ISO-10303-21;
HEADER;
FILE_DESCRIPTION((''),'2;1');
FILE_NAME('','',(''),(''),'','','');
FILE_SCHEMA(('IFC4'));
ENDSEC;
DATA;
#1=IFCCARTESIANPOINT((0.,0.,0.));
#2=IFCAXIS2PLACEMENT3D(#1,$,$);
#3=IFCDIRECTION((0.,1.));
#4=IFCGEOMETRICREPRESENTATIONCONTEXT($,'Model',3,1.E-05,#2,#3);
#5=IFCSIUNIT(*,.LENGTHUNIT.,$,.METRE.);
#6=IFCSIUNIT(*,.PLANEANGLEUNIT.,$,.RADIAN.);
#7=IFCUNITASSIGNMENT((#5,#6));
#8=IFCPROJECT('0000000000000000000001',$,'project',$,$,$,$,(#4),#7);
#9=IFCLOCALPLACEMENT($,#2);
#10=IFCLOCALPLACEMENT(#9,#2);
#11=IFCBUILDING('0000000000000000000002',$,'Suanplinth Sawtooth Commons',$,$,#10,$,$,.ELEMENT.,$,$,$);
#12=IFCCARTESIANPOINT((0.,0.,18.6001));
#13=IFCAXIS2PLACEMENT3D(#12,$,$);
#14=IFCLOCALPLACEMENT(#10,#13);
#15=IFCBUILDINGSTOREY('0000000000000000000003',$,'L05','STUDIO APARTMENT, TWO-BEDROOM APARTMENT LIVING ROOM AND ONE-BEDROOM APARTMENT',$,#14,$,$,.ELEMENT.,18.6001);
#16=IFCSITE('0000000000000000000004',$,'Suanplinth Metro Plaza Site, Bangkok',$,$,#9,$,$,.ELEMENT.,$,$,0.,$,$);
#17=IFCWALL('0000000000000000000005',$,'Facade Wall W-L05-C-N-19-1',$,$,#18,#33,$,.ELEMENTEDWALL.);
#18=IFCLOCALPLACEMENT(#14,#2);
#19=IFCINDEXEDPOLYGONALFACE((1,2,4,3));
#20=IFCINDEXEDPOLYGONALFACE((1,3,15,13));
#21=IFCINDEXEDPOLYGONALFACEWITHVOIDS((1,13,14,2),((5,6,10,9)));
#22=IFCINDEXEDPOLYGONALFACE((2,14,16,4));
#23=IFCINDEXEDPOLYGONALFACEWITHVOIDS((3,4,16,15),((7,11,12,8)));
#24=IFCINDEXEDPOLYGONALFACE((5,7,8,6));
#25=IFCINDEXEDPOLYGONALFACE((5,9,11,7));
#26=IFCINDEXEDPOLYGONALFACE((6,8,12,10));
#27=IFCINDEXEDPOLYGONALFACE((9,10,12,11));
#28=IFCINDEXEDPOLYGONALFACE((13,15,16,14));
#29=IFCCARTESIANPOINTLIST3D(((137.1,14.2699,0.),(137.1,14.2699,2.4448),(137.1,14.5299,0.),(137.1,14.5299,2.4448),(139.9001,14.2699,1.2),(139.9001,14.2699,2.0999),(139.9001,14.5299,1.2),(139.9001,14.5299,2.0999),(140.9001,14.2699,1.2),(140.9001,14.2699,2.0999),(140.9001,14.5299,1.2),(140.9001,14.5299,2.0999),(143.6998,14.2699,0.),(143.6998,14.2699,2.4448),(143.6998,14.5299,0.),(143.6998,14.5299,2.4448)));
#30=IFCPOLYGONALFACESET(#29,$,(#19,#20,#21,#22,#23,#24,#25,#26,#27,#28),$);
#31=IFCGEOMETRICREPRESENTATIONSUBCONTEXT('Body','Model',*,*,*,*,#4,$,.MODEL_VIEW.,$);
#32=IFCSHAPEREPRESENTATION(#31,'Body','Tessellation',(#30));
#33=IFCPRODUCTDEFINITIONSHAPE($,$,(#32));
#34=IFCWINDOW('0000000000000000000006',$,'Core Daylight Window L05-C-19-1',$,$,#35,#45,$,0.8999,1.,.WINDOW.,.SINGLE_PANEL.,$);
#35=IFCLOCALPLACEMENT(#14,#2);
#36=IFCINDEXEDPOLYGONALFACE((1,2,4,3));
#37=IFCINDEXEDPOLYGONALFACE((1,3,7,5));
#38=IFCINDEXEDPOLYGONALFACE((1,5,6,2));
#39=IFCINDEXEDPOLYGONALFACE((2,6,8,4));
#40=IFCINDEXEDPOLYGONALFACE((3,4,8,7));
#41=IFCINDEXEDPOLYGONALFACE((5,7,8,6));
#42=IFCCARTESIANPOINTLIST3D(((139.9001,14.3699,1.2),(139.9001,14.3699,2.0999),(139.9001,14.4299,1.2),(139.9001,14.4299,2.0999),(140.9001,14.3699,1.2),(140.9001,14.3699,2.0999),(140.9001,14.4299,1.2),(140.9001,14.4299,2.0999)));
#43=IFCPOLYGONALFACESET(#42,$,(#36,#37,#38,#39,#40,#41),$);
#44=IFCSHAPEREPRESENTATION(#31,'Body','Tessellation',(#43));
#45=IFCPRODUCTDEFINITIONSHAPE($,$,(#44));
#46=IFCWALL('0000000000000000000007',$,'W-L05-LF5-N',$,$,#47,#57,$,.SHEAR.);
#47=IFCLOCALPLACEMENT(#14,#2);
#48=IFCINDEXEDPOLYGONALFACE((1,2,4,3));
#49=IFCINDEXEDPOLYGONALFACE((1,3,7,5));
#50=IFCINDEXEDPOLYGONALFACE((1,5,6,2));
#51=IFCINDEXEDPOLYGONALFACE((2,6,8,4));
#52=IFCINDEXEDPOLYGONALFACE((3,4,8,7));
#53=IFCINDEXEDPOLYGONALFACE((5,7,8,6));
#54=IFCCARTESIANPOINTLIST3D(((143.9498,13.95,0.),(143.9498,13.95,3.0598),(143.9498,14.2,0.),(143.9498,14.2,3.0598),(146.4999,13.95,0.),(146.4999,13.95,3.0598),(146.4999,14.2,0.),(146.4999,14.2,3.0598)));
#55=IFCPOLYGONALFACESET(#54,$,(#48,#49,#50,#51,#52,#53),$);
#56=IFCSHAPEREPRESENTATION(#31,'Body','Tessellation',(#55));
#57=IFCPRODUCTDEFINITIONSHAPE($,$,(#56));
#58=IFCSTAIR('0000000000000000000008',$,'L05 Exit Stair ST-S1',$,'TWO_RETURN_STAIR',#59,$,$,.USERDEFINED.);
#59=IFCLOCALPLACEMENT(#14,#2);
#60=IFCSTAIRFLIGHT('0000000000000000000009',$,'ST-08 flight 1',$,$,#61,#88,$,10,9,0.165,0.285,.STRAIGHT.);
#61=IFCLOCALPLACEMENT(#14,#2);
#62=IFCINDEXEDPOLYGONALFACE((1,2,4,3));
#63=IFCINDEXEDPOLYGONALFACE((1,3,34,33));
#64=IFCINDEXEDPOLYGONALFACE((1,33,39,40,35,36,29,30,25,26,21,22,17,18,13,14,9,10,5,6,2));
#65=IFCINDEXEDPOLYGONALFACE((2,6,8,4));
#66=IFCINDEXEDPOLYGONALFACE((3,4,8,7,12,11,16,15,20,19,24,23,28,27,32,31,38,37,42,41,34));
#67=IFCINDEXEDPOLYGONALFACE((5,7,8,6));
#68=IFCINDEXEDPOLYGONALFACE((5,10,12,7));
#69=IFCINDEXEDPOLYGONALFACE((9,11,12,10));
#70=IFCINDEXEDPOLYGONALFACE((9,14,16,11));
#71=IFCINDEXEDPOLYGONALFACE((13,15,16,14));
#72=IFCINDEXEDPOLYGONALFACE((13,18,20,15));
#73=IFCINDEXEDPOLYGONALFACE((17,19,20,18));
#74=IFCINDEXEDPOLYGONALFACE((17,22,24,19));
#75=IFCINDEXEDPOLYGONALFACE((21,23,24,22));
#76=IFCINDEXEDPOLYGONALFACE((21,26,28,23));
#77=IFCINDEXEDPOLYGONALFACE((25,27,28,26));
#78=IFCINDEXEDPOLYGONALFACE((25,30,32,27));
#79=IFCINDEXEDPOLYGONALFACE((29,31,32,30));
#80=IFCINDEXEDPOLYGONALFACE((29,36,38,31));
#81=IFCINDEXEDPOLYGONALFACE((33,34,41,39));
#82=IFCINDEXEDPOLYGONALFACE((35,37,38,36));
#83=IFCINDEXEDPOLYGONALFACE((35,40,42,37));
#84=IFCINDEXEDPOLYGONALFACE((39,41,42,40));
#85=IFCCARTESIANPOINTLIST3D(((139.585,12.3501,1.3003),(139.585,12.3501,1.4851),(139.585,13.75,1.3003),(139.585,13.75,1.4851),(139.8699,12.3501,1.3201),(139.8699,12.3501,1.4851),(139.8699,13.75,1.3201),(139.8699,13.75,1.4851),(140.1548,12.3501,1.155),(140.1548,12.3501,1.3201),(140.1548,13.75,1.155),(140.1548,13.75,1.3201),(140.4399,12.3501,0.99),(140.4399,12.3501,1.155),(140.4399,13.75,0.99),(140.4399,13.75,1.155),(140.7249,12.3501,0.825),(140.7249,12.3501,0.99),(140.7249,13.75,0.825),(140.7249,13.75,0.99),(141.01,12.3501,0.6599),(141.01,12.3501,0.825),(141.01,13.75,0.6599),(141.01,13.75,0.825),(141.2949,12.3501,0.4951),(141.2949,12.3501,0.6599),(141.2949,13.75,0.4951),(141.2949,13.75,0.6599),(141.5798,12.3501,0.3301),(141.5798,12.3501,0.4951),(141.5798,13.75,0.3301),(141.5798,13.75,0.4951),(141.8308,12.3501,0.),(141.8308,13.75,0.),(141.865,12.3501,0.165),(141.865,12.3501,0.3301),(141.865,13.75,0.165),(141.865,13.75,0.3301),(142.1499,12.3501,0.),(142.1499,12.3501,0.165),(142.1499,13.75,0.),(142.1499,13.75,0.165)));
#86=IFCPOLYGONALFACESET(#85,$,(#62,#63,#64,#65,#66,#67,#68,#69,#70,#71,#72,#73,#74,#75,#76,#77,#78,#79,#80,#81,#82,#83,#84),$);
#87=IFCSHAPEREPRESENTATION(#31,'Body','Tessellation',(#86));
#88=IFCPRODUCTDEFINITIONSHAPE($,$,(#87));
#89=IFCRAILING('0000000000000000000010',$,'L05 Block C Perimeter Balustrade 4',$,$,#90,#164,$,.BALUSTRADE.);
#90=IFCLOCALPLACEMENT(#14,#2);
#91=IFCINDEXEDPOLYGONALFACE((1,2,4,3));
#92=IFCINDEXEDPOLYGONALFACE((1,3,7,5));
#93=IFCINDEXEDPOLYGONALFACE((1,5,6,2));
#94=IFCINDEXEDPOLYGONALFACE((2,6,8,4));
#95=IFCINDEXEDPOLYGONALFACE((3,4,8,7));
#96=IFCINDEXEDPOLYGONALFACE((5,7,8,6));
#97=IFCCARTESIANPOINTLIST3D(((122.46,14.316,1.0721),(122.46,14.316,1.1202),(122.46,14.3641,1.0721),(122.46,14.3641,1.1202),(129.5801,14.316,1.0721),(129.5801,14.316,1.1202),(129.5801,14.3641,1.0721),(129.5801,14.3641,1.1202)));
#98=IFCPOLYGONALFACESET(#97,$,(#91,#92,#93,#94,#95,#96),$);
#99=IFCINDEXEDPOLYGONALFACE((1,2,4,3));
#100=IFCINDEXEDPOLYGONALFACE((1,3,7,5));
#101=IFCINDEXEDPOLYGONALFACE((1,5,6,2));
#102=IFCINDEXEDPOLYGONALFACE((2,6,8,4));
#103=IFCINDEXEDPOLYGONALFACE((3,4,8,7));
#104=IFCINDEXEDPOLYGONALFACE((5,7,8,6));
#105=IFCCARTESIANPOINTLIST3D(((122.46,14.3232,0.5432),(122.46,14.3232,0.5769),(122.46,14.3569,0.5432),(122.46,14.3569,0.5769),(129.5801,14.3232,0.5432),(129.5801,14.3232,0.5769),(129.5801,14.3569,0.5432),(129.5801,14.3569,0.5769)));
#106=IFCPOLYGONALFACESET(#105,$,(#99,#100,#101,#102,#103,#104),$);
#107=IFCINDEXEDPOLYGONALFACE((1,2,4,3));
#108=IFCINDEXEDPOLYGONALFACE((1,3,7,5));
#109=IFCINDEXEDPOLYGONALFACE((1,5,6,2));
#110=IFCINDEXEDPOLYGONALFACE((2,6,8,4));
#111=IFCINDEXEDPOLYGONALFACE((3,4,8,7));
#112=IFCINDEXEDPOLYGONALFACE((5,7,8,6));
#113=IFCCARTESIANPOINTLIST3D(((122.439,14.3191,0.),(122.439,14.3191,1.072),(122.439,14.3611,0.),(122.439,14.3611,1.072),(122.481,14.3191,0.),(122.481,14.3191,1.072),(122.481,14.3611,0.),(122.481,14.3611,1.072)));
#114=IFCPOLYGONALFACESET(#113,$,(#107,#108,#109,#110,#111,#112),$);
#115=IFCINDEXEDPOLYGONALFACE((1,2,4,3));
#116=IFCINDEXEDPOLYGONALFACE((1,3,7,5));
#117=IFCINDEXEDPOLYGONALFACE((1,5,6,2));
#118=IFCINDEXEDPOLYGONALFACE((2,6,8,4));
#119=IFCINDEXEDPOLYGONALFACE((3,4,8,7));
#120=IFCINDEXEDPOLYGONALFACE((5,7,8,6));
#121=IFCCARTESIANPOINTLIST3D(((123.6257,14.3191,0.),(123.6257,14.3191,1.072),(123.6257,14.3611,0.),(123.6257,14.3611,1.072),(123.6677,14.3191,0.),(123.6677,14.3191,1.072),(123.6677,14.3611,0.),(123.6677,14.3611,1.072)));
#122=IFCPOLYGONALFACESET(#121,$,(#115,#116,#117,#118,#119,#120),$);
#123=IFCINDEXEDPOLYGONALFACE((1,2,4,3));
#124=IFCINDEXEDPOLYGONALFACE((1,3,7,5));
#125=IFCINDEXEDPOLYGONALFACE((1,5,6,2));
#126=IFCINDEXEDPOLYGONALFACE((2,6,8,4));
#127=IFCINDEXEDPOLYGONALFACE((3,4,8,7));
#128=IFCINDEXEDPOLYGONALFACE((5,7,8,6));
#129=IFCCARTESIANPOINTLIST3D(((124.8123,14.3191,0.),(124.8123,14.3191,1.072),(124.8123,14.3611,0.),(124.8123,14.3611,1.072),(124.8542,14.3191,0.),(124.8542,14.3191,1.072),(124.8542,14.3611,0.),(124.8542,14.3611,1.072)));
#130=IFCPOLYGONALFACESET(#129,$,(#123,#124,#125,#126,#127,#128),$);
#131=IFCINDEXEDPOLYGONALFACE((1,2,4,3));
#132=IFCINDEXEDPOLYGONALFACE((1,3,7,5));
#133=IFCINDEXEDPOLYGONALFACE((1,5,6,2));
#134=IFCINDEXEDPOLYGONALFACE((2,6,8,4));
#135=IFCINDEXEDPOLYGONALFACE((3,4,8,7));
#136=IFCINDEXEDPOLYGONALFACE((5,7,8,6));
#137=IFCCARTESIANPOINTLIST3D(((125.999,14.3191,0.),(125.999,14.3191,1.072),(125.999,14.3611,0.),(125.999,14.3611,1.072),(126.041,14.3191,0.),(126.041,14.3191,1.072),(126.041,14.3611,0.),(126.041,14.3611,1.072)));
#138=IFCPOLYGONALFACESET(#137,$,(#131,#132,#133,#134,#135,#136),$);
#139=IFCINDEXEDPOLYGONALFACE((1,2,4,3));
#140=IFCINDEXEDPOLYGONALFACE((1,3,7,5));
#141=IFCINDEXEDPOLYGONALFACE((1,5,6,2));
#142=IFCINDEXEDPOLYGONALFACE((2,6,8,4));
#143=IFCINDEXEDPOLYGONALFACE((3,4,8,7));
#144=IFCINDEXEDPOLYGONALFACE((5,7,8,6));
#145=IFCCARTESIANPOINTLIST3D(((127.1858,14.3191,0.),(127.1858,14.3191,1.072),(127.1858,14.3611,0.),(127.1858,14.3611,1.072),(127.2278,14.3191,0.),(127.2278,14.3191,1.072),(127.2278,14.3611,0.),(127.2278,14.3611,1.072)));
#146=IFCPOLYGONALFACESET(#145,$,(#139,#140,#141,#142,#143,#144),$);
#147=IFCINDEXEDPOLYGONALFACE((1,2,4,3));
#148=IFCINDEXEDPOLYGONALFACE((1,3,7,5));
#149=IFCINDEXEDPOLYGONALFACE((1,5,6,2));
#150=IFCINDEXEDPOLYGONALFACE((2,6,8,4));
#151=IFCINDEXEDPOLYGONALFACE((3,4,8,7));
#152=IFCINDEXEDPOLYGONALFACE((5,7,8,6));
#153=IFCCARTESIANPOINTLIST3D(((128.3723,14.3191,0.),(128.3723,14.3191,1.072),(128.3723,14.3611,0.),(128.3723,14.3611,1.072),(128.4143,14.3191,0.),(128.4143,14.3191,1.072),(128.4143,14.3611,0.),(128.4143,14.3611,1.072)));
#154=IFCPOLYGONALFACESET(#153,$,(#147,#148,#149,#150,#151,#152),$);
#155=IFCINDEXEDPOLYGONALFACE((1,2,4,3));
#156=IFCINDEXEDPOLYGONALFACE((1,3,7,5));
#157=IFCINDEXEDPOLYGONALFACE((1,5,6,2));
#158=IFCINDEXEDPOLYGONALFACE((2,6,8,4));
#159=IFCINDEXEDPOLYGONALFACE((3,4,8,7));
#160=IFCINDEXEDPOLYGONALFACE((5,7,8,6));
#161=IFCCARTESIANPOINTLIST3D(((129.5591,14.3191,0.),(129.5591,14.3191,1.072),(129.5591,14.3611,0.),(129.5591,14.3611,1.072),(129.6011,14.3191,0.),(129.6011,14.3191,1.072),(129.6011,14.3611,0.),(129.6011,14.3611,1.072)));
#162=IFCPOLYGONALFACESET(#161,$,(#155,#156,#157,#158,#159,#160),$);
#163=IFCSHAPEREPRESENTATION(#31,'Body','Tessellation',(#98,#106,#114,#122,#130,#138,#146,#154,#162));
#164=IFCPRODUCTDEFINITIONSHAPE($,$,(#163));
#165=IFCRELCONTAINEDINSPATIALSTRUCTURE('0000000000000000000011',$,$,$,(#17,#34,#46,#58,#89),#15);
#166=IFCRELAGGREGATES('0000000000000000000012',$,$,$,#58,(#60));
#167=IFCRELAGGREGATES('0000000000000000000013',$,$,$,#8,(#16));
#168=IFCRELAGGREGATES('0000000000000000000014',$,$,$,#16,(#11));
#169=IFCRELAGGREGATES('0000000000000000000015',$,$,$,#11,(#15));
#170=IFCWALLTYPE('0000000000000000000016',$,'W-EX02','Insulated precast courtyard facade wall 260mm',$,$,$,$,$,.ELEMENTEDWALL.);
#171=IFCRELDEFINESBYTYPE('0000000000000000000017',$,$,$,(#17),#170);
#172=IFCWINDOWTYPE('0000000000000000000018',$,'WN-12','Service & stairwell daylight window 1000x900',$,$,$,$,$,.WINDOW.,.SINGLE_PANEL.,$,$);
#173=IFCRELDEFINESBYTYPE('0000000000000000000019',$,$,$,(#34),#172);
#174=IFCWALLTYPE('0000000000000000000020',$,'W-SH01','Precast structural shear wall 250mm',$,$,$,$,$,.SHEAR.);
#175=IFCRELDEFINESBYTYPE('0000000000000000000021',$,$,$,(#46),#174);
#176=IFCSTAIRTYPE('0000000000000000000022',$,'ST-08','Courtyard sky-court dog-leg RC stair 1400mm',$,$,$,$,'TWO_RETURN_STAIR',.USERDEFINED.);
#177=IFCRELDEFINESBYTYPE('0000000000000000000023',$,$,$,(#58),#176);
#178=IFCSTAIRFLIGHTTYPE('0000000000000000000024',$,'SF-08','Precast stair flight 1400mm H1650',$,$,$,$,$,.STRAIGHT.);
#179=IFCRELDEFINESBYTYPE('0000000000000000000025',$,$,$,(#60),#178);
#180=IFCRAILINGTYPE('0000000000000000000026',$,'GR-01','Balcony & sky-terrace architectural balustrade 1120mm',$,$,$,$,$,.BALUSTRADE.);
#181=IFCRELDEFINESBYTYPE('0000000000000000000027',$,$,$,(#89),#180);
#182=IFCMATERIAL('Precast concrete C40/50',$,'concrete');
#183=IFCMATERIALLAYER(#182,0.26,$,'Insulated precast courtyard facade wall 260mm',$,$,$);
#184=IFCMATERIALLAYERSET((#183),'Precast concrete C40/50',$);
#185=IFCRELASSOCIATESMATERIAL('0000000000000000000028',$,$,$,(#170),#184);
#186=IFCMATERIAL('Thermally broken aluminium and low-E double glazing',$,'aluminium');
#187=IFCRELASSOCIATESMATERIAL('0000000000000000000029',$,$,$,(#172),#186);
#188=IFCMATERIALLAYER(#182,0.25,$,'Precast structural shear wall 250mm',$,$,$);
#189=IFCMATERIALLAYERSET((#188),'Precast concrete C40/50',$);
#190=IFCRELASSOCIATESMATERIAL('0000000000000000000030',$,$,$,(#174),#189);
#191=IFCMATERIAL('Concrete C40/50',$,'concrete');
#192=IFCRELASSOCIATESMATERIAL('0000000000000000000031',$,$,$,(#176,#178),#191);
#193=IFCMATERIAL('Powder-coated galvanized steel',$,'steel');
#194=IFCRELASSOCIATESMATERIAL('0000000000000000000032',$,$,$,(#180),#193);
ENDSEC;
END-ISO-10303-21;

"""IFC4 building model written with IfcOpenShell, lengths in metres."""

from ifc_helpers import new_model, si_unit, direction, frame, frame_2d, origin, origin_2d, place, context, subcontext, project, spatial, polyline, rectangle, outline, extrude, material, layer, layer_set, type_object, element, fill, aggregate, save


model = new_model("IFC4")

# Units and contexts
model_context = context("Model", 3, precision=1e-05, world=origin(), true_north=direction((0.0, 1.0)))
body_context = subcontext(model_context, "Body", "Model", "MODEL_VIEW")
ifc_project = project(units=[si_unit("LENGTHUNIT", "METRE"), si_unit("PLANEANGLEUNIT", "RADIAN")], contexts=[model_context])

# Site, building, storey
site_placement = place(None, origin())
site = spatial("IfcSite", under=ifc_project, at=site_placement, Name="Suanplinth Metro Plaza Site, Bangkok", CompositionType="ELEMENT", RefElevation=0.0)
building_placement = place(site_placement, origin())
building = spatial("IfcBuilding", under=site, at=building_placement, Name="Suanplinth Sawtooth Commons", CompositionType="ELEMENT")
storey_placement = place(building_placement, frame((0.0, 0.0, 18.6001)))
storey = spatial("IfcBuildingStorey", under=building, at=storey_placement, Name="L05", Description="STUDIO APARTMENT, TWO-BEDROOM APARTMENT LIVING ROOM AND ONE-BEDROOM APARTMENT", CompositionType="ELEMENT", Elevation=18.6001)

# Shared definitions
ifc_material_1 = material(Name="Precast concrete C40/50", Category="concrete")

# Shared definitions
ifc_material_2 = material(Name="Concrete C40/50", Category="concrete")

# Shared definitions
ifc_layer_1 = layer(ifc_material_1, 0.26, Name="Insulated precast courtyard facade wall 260mm")
ifc_layer_set_1 = layer_set([ifc_layer_1], Name="Precast concrete C40/50")
wall_type_1 = type_object("IfcWallType", Name="W-EX02", Description="Insulated precast courtyard facade wall 260mm", PredefinedType="ELEMENTEDWALL", material=ifc_layer_set_1)
ifc_material_3 = material(Name="Thermally broken aluminium and low-E double glazing", Category="aluminium")

# Wall, opening, window
wall_1_placement = place(storey_placement, frame((137.1001, 14.3999, 0.0), z_axis=(0.0, 0.0, 1.0), x_axis=(1.0, 0.0, 0.0)))
wall_1 = element("IfcWall", 1, at=wall_1_placement, inside=storey, type_object=wall_type_1, Name="Facade Wall W-L05-C-N-19-1", PredefinedType="ELEMENTEDWALL", context=body_context, shape_type="SweptSolid", body=[
    extrude(rectangle(XDim=6.5999, YDim=0.26, at=frame_2d((3.2998, 0.0))), origin(), (0.0, 0.0, 1.0), 2.4448),
])
opening_1_placement = place(wall_1_placement, frame((2.8, 0.0, 1.2)))
opening_1 = element("IfcOpeningElement", 2, at=opening_1_placement, cuts=wall_1, PredefinedType="OPENING", context=body_context, shape_type="SweptSolid", body=[
    extrude(rectangle(XDim=1.0, YDim=0.8999, at=frame_2d((0.5, 0.45))), frame((0.0, 0.145, 0.0), z_axis=(0.0, -1.0, 0.0), x_axis=(1.0, 0.0, 0.0)), (0.0, 0.0, 1.0), 0.2898),
])
window_type_1 = type_object("IfcWindowType", Name="WN-12", Description="Service & stairwell daylight window 1000x900", PartitioningType="SINGLE_PANEL", PredefinedType="WINDOW", material=ifc_material_3)
window_1_placement = place(opening_1_placement, origin())
window_1 = element("IfcWindow", 3, at=window_1_placement, inside=storey, type_object=window_type_1, Name="Core Daylight Window L05-C-19-1", OverallHeight=0.8999, OverallWidth=1.0, PartitioningType="SINGLE_PANEL", PredefinedType="WINDOW", context=body_context, shape_type="SweptSolid", body=[
    extrude(rectangle(XDim=1.0, YDim=0.8999, at=frame_2d((0.5, 0.45))), frame((0.0, 0.03, 0.0), z_axis=(0.0, -1.0, 0.0), x_axis=(1.0, 0.0, 0.0)), (0.0, 0.0, 1.0), 0.0601),
])
fill(opening_1, window_1)

# Wall
ifc_layer_2 = layer(ifc_material_1, 0.25, Name="Precast structural shear wall 250mm")
ifc_layer_set_2 = layer_set([ifc_layer_2], Name="Precast concrete C40/50")
wall_type_2 = type_object("IfcWallType", Name="W-SH01", Description="Precast structural shear wall 250mm", PredefinedType="SHEAR", material=ifc_layer_set_2)
wall_2_placement = place(storey_placement, frame((143.95, 14.075, 0.0), z_axis=(0.0, 0.0, 1.0), x_axis=(1.0, 0.0, 0.0)))
element("IfcWall", 4, at=wall_2_placement, inside=storey, type_object=wall_type_2, Name="W-L05-LF5-N", PredefinedType="SHEAR", context=body_context, shape_type="SweptSolid", body=[
    extrude(rectangle(XDim=2.55, YDim=0.25, at=frame_2d((1.2749, 0.0))), origin(), (0.0, 0.0, 1.0), 3.0598),
])

# Stair, stair flight
stair_type = type_object("IfcStairType", Name="ST-08", Description="Courtyard sky-court dog-leg RC stair 1400mm", ElementType="TWO_RETURN_STAIR", PredefinedType="USERDEFINED", material=ifc_material_2)
stair_placement = place(storey_placement, origin())
stair = element("IfcStair", 5, at=stair_placement, inside=storey, type_object=stair_type, Name="L05 Exit Stair ST-S1", ObjectType="TWO_RETURN_STAIR", PredefinedType="USERDEFINED")
stair_flight_type = type_object("IfcStairFlightType", Name="SF-08", Description="Precast stair flight 1400mm H1650", PredefinedType="STRAIGHT", material=ifc_material_2)
stair_flight_placement = place(storey_placement, frame((142.1499, 13.05, 0.0), z_axis=(0.0, 0.0, 1.0), x_axis=(-1.0, 0.0, 0.0)))
stair_flight = element("IfcStairFlight", 6, at=stair_flight_placement, type_object=stair_flight_type, Name="ST-08 flight 1", NumberOfRisers=10, NumberOfTreads=9, PredefinedType="STRAIGHT", RiserHeight=0.165, TreadLength=0.285, context=body_context, shape_type="SweptSolid", body=[
    extrude(outline(polyline([(0.0, 0.0), (0.0, 0.165), (0.2849, 0.165), (0.2849, 0.3301), (0.5701, 0.3301), (0.5701, 0.4951), (0.855, 0.4951), (0.855, 0.6599), (1.1399, 0.6599), (1.1399, 0.825), (1.425, 0.825), (1.425, 0.99), (1.71, 0.99), (1.71, 1.155), (1.9951, 1.155), (1.9951, 1.3201), (2.28, 1.3201), (2.28, 1.4851), (2.5649, 1.4851), (2.5649, 1.6499), (2.5649, 1.3003), (0.3191, 0.0), (0.0, 0.0)])), frame((0.0, 0.7, 0.0), z_axis=(0.0, -1.0, 0.0), x_axis=(1.0, 0.0, 0.0)), (0.0, 0.0, 1.0), 1.3999),
])
aggregate(stair, [stair_flight])

# Railing
ifc_material_4 = material(Name="Powder-coated galvanized steel", Category="steel")
railing_type_1 = type_object("IfcRailingType", Name="GR-01", Description="Balcony & sky-terrace architectural balustrade 1120mm", PredefinedType="BALUSTRADE", material=ifc_material_4)
railing_1_placement = place(storey_placement, frame((122.46, 14.3401, 0.0)))
element("IfcRailing", 7, at=railing_1_placement, inside=storey, type_object=railing_type_1, Name="L05 Block C Perimeter Balustrade 4", PredefinedType="BALUSTRADE", context=body_context, shape_type="SweptSolid", body=[
    extrude(rectangle(XDim=0.0481, YDim=0.0481, at=origin_2d()), frame((0.0, 0.0, 1.0962), z_axis=(1.0, 0.0, 0.0), x_axis=(0.0, 1.0, 0.0)), (0.0, 0.0, 1.0), 7.1201),
    extrude(rectangle(XDim=0.0337, YDim=0.0337, at=origin_2d()), frame((0.0, 0.0, 0.5601), z_axis=(1.0, 0.0, 0.0), x_axis=(0.0, 1.0, 0.0)), (0.0, 0.0, 1.0), 7.1201),
    extrude(rectangle(XDim=0.042, YDim=0.042, at=origin_2d()), origin(), (0.0, 0.0, 1.0), 1.072),
    extrude(rectangle(XDim=0.042, YDim=0.042, at=origin_2d()), frame((1.1868, 0.0, 0.0)), (0.0, 0.0, 1.0), 1.072),
    extrude(rectangle(XDim=0.042, YDim=0.042, at=origin_2d()), frame((2.3733, 0.0, 0.0)), (0.0, 0.0, 1.0), 1.072),
    extrude(rectangle(XDim=0.042, YDim=0.042, at=origin_2d()), frame((3.5601, 0.0, 0.0)), (0.0, 0.0, 1.0), 1.072),
    extrude(rectangle(XDim=0.042, YDim=0.042, at=origin_2d()), frame((4.7468, 0.0, 0.0)), (0.0, 0.0, 1.0), 1.072),
    extrude(rectangle(XDim=0.042, YDim=0.042, at=origin_2d()), frame((5.9333, 0.0, 0.0)), (0.0, 0.0, 1.0), 1.072),
    extrude(rectangle(XDim=0.042, YDim=0.042, at=origin_2d()), frame((7.1201, 0.0, 0.0)), (0.0, 0.0, 1.0), 1.072),
])

save(model, "model.ifc")
